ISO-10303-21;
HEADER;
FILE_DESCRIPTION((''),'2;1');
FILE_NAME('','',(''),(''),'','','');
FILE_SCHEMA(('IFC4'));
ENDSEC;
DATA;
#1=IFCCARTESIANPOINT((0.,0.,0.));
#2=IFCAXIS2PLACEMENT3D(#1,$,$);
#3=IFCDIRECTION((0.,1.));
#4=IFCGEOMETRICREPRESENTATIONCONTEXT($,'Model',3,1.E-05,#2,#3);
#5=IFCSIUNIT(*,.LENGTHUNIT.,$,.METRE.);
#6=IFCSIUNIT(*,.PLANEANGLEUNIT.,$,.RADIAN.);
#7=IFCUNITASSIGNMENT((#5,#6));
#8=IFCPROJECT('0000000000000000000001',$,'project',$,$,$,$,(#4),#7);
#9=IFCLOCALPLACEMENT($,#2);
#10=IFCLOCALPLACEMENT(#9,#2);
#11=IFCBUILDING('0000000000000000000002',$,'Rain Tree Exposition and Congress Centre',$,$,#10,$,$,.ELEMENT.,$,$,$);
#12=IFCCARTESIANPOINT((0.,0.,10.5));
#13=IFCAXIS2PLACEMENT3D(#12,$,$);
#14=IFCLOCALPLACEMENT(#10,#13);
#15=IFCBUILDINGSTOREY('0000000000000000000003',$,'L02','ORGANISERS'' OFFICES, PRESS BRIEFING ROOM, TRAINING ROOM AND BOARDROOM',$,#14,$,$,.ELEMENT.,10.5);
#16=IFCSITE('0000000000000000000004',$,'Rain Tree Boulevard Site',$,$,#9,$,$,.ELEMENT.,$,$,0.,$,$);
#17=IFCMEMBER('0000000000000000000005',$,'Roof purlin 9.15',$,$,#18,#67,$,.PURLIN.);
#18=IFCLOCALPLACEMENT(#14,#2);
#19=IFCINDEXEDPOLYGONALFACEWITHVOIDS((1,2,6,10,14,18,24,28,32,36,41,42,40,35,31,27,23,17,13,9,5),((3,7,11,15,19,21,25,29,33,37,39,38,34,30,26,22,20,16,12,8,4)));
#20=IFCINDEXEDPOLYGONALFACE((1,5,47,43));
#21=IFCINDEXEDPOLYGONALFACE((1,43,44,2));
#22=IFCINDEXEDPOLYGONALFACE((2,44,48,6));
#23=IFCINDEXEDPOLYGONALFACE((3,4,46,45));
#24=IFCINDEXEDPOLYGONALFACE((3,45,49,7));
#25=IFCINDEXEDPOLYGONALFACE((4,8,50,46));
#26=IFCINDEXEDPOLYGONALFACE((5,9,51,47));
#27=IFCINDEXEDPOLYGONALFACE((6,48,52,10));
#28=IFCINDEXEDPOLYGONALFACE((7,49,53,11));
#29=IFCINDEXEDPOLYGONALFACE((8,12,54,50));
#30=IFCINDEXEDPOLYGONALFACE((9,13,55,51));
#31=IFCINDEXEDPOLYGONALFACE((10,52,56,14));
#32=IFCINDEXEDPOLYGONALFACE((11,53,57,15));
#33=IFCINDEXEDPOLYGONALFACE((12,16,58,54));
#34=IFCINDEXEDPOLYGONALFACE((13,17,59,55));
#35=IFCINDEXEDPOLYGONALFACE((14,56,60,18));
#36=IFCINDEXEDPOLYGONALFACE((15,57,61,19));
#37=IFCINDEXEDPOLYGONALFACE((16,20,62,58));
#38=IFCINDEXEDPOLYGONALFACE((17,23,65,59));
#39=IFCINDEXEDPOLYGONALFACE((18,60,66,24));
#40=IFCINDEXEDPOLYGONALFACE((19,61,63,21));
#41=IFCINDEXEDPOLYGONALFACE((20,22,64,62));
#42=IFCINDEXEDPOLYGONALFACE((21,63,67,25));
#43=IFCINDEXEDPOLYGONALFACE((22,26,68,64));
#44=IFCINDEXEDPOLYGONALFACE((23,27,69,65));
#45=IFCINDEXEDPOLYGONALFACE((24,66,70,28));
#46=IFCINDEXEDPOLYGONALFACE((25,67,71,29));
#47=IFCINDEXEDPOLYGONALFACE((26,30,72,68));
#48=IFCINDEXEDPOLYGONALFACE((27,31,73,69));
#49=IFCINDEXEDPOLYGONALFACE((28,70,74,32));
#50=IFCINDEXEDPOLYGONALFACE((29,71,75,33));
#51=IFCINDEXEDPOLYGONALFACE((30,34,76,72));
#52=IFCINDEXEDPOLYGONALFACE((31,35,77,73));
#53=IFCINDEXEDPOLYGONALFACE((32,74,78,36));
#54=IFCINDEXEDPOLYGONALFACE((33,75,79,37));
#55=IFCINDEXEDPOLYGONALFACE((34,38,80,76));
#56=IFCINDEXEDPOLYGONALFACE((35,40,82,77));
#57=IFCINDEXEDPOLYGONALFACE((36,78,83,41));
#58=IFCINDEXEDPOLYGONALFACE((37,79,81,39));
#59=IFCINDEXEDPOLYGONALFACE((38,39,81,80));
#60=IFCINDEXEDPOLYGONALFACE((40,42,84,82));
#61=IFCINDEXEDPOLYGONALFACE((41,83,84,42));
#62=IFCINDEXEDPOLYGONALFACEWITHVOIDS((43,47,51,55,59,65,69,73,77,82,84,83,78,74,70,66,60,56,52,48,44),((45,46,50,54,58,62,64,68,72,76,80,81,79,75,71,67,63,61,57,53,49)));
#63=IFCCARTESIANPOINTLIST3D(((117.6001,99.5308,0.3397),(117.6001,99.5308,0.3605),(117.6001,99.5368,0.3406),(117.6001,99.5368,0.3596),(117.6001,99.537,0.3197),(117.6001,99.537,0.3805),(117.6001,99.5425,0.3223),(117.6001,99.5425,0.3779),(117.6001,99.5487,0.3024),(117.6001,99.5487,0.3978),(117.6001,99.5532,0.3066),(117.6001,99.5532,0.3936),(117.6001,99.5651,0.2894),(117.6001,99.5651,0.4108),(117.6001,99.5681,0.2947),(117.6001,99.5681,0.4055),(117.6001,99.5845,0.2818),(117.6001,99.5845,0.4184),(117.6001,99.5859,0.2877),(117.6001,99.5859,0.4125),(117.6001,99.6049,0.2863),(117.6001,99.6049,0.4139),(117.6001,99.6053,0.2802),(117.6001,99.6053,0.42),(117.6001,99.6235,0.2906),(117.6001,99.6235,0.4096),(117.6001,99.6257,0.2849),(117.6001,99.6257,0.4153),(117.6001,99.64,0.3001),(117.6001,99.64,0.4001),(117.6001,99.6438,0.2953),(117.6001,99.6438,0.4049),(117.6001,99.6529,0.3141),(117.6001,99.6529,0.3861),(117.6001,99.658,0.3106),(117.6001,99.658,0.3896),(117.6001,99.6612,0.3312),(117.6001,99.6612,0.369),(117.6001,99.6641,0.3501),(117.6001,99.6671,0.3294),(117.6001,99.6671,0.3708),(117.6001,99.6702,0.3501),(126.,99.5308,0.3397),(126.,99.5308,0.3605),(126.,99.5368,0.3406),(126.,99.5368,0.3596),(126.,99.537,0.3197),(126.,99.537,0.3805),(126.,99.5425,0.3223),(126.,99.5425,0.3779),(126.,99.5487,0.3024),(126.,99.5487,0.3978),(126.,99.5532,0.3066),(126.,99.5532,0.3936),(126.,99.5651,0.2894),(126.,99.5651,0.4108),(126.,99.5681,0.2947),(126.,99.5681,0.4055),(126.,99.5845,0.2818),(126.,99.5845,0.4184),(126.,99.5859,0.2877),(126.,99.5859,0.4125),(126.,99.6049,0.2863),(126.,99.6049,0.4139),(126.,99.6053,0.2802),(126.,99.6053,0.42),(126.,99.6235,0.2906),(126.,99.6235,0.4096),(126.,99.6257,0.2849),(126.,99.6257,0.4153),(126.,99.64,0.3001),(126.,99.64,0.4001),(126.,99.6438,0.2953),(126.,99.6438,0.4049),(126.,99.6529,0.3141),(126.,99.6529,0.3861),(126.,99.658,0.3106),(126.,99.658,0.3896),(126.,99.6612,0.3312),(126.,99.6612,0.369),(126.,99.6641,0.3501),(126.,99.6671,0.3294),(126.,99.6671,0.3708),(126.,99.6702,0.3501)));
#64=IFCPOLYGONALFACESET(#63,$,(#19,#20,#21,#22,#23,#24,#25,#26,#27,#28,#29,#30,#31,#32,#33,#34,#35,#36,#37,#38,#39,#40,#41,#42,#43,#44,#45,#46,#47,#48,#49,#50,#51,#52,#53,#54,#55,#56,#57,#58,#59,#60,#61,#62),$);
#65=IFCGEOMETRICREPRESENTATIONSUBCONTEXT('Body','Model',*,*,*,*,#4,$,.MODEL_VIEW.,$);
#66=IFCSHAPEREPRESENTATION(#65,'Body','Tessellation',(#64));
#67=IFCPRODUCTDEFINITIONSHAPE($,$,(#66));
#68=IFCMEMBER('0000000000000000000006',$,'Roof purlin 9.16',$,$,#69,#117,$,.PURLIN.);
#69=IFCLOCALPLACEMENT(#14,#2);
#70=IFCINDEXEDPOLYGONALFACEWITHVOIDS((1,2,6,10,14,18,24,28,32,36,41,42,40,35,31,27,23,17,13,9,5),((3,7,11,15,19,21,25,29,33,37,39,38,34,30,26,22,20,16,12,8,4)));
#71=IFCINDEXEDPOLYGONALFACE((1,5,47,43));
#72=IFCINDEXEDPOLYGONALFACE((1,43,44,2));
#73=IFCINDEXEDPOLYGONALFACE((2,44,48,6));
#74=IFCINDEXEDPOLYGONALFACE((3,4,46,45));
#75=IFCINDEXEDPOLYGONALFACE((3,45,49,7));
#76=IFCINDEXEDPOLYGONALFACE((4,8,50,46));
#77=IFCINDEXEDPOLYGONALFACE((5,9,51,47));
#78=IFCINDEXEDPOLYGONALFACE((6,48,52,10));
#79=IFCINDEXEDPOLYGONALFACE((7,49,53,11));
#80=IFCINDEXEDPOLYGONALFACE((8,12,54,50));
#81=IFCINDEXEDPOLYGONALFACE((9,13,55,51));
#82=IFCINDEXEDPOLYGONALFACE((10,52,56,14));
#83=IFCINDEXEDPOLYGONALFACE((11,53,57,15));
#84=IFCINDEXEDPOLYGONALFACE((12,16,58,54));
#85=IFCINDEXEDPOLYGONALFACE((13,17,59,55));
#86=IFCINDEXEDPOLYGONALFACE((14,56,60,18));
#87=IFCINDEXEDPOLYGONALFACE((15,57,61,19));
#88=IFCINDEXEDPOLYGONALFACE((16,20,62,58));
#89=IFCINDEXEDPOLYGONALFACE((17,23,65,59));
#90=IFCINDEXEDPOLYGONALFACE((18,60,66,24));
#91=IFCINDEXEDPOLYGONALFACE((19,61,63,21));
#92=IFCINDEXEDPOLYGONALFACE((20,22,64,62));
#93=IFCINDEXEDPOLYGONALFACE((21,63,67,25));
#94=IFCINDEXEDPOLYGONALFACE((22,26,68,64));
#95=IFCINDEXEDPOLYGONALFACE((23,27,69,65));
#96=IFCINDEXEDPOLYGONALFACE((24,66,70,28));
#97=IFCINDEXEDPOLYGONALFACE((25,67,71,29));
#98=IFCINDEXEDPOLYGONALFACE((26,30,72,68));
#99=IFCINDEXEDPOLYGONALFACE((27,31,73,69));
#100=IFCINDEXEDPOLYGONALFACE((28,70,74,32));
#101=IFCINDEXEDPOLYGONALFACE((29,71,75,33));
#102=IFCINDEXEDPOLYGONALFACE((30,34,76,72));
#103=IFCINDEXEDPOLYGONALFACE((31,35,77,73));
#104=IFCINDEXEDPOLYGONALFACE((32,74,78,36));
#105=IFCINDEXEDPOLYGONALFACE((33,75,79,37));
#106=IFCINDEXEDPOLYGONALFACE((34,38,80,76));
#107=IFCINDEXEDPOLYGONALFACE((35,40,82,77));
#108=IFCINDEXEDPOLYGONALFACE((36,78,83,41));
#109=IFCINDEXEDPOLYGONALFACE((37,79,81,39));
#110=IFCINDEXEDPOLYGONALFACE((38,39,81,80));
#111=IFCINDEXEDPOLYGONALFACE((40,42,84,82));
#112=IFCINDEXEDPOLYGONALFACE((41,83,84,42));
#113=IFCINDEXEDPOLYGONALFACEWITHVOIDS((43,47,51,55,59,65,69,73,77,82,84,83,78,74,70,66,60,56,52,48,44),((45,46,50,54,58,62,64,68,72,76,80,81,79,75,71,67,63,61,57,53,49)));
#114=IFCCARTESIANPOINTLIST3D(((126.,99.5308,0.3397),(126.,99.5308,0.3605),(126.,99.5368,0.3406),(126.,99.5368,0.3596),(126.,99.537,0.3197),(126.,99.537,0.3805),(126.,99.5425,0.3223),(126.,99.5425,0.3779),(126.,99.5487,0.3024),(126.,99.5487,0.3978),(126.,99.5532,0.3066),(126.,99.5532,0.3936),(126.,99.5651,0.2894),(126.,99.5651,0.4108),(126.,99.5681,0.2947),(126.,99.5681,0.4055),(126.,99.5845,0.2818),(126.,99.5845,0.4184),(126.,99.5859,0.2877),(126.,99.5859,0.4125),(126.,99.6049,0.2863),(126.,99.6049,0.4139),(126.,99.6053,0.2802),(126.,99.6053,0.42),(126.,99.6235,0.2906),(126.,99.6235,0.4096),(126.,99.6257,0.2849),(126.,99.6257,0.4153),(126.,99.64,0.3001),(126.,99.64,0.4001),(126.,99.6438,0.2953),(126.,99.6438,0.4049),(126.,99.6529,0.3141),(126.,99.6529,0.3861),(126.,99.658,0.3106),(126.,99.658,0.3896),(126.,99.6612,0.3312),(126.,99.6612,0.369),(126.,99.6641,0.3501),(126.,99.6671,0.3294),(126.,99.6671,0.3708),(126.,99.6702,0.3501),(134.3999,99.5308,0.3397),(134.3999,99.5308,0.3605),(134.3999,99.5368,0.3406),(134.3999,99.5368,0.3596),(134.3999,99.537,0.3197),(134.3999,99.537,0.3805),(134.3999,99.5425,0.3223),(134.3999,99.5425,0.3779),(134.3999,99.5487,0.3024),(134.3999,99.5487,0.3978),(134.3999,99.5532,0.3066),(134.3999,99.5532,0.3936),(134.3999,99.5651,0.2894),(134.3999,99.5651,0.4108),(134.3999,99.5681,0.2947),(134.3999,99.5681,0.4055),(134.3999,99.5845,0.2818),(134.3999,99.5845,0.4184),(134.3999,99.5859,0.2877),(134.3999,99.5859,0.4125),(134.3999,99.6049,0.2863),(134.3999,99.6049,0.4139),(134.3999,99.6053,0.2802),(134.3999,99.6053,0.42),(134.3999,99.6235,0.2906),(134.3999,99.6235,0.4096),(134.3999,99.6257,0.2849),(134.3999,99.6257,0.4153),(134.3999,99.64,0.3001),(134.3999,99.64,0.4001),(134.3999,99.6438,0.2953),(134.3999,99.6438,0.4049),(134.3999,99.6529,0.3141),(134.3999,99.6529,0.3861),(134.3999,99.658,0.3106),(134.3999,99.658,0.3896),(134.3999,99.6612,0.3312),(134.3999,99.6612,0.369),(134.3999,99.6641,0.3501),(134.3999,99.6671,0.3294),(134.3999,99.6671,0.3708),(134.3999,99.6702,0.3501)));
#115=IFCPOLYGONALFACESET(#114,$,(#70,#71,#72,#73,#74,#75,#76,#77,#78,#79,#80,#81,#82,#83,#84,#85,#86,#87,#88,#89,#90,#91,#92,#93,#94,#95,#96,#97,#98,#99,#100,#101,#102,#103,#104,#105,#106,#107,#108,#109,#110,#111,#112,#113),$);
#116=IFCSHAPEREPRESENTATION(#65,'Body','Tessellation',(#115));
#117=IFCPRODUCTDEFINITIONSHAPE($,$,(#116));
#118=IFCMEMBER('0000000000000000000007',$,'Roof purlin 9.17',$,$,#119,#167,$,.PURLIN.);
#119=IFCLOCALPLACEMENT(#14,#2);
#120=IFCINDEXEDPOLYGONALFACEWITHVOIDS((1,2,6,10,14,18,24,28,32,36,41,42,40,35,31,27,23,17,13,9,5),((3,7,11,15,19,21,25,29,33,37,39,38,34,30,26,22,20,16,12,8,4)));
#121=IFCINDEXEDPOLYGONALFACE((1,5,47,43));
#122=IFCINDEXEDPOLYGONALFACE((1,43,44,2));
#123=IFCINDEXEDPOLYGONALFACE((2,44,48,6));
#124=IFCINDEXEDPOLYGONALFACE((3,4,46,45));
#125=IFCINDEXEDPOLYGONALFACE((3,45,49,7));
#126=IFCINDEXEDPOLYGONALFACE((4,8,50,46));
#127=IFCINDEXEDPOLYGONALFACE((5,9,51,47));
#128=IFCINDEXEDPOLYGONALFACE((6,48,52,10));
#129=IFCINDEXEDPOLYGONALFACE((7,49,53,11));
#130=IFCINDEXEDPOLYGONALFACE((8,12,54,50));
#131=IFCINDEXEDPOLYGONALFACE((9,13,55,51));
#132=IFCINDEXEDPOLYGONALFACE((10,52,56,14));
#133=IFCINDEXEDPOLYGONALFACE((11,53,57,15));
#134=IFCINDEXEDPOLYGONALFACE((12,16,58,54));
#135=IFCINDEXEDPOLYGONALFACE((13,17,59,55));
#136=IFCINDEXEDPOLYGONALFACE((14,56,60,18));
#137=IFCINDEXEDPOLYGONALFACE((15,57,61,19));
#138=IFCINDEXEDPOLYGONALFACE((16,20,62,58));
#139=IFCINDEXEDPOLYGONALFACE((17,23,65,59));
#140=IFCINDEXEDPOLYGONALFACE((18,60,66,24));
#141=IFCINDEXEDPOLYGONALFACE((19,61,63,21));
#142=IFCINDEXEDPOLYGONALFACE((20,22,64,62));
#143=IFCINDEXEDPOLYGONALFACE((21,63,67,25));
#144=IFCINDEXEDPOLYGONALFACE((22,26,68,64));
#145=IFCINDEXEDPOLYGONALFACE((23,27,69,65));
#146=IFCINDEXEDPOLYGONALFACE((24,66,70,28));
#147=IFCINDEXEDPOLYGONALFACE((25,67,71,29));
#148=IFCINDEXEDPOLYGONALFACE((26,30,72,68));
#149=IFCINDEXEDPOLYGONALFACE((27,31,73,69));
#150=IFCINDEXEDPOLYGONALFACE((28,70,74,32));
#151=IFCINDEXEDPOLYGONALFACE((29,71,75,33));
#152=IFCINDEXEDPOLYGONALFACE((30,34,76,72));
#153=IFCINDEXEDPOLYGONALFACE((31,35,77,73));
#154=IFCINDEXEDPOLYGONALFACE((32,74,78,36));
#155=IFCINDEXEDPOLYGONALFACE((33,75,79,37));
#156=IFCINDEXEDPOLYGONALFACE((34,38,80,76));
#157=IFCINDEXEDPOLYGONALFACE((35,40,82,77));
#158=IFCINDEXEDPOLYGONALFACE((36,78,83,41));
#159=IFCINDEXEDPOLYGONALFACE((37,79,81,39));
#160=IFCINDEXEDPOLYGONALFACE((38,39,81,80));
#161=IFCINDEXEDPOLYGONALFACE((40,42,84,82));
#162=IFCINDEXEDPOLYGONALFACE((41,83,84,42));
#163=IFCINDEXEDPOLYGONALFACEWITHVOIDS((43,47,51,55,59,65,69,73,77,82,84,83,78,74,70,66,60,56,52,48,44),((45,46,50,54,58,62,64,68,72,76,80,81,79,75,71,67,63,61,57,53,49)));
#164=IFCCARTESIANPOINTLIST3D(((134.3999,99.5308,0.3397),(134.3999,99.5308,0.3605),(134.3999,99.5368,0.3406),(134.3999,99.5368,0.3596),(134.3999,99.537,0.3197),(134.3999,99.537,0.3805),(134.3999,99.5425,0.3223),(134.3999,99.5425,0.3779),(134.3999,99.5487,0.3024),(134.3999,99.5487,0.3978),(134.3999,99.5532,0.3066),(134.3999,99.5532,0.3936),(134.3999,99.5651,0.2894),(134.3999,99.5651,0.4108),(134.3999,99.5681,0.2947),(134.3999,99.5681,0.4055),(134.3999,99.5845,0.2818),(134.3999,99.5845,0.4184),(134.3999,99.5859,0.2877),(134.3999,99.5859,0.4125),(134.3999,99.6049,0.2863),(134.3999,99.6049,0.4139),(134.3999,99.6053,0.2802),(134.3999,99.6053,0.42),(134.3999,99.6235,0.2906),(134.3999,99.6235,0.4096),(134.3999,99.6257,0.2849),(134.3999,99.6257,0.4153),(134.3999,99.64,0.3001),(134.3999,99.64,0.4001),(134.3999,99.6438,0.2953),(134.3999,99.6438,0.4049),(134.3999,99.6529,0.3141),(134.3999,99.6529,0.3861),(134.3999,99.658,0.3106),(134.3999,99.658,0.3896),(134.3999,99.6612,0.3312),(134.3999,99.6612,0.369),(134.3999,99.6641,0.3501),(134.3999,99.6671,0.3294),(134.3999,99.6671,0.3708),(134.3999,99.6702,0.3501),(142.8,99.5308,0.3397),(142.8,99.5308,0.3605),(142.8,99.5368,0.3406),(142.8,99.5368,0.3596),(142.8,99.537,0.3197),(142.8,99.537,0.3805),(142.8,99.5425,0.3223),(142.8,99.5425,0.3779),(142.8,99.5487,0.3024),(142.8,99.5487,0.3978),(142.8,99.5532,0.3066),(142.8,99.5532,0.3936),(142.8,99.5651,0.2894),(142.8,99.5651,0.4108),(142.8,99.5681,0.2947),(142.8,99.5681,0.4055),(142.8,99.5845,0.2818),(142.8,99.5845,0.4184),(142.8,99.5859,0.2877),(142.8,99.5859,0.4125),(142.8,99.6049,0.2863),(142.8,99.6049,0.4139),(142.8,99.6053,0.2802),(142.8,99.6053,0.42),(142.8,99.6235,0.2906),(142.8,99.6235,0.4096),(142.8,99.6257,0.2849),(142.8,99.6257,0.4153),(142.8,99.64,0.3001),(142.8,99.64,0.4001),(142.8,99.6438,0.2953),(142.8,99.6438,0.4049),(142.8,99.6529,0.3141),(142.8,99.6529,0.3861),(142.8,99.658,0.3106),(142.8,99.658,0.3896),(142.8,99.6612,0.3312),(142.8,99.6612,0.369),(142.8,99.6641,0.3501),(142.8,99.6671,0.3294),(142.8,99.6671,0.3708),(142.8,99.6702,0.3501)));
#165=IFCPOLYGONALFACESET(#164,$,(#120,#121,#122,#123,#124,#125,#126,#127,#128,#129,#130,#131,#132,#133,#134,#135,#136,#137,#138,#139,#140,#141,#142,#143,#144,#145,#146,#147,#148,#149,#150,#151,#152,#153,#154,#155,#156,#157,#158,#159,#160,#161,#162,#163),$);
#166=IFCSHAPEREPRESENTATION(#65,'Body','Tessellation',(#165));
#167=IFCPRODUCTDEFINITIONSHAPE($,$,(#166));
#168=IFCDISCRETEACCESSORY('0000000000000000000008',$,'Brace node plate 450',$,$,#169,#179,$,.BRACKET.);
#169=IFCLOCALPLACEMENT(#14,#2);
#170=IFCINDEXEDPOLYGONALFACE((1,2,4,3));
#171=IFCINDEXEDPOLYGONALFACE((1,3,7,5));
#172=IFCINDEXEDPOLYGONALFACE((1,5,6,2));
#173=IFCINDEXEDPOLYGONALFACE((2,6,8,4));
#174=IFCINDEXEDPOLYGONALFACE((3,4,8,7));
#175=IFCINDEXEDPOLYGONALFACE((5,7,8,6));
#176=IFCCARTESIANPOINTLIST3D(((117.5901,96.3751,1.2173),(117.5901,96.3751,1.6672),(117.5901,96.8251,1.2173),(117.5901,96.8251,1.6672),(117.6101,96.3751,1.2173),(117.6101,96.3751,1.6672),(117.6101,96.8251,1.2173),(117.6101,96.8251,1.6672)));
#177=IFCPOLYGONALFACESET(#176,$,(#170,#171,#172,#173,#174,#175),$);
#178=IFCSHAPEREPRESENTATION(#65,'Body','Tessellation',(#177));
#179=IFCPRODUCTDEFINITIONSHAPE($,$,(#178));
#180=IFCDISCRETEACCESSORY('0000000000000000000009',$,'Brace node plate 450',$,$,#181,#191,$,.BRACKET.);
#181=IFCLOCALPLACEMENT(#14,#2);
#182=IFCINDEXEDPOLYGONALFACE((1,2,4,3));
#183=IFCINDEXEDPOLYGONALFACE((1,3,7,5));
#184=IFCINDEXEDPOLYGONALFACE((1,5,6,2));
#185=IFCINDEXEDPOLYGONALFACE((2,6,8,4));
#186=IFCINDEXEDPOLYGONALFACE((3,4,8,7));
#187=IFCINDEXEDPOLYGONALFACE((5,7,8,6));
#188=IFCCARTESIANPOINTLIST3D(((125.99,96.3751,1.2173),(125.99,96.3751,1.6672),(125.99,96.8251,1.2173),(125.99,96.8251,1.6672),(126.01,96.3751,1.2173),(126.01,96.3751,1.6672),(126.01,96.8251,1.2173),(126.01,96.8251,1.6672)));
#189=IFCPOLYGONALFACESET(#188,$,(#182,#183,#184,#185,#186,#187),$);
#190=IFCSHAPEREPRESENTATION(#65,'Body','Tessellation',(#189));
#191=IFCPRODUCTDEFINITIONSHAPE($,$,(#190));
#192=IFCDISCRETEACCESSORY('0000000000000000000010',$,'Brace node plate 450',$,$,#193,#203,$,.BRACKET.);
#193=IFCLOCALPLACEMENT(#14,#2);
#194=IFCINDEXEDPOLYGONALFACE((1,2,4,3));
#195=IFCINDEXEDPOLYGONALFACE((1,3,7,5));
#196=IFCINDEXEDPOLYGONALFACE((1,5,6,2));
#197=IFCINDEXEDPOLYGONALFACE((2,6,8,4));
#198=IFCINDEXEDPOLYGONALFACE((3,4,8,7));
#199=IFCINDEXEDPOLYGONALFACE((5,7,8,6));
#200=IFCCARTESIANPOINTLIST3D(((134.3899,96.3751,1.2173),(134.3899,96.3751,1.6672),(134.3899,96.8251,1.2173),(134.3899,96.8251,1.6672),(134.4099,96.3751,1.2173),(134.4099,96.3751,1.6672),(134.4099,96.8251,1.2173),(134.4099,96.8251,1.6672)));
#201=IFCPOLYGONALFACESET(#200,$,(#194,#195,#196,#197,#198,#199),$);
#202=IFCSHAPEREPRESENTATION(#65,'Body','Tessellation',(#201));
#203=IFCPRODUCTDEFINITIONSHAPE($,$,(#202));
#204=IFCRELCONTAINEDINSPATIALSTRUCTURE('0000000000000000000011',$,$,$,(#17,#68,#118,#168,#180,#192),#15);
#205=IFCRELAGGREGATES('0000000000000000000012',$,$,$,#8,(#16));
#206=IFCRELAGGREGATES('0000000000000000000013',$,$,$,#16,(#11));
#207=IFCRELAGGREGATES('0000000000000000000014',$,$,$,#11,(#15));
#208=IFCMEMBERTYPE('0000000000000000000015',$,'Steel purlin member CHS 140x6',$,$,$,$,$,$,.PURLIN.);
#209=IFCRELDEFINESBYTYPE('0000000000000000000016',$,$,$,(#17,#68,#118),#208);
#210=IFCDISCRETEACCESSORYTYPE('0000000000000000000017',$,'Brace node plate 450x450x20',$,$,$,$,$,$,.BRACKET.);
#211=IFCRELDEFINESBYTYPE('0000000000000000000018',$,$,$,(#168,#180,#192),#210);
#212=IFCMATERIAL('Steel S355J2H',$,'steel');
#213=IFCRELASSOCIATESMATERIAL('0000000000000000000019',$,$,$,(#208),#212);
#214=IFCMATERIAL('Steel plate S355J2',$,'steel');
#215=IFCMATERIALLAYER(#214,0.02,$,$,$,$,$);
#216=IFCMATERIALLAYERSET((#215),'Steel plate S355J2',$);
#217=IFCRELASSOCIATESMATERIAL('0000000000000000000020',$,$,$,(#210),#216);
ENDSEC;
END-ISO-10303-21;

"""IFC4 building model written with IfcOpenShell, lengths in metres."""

from ifc_helpers import new_model, si_unit, direction, frame, origin, origin_2d, place, context, subcontext, project, spatial, rectangle, hollow_circle, extrude, material, layer, layer_set, material_profile, profile_set, type_object, element, save


model = new_model("IFC4")

# Units and contexts
model_context = context("Model", 3, precision=1e-05, world=origin(), true_north=direction((0.0, 1.0)))
body_context = subcontext(model_context, "Body", "Model", "MODEL_VIEW")
ifc_project = project(units=[si_unit("LENGTHUNIT", "METRE"), si_unit("PLANEANGLEUNIT", "RADIAN")], contexts=[model_context])

# Site, building, storey
site_placement = place(None, origin())
site = spatial("IfcSite", under=ifc_project, at=site_placement, Name="Rain Tree Boulevard Site", CompositionType="ELEMENT", RefElevation=0.0)
building_placement = place(site_placement, origin())
building = spatial("IfcBuilding", under=site, at=building_placement, Name="Rain Tree Exposition and Congress Centre", CompositionType="ELEMENT")
storey_placement = place(building_placement, frame((0.0, 0.0, 10.5)))
storey = spatial("IfcBuildingStorey", under=building, at=storey_placement, Name="L02", Description="ORGANISERS' OFFICES, PRESS BRIEFING ROOM, TRAINING ROOM AND BOARDROOM", CompositionType="ELEMENT", Elevation=10.5)

# Members
ifc_material_1 = material(Name="Steel S355J2H", Category="steel")
ifc_material_profile_1 = material_profile(ifc_material_1, hollow_circle(Radius=0.0701, WallThickness=0.0061, at=origin_2d()), Name="CHS 140x6")
ifc_profile_set_1 = profile_set([ifc_material_profile_1], Name="Steel S355J2H")
member_type_1 = type_object("IfcMemberType", Name="Steel purlin member CHS 140x6", PredefinedType="PURLIN", material=ifc_profile_set_1)
for number, where, z_axis, x_axis, name in (
    (1, (117.6001, 99.6001, 0.3501), (1.0, 0.0, 0.0), (0.0, 1.0, 0.0), "Roof purlin 9.15"),
    (2, (126.0, 99.6001, 0.3501), (1.0, 0.0, 0.0), (0.0, 1.0, 0.0), "Roof purlin 9.16"),
):
    element("IfcMember", number, at=place(storey_placement, frame(where, z_axis=z_axis, x_axis=x_axis)), inside=storey, type_object=member_type_1, Name=name, PredefinedType="PURLIN", context=body_context, shape_type="SweptSolid", body=[
        extrude(hollow_circle(Radius=0.0701, WallThickness=0.0061, at=origin_2d()), origin(), (0.0, 0.0, 1.0), 8.3999),
    ])
member_1_placement = place(storey_placement, frame((134.3999, 99.6001, 0.3501), z_axis=(1.0, 0.0, 0.0), x_axis=(0.0, 1.0, 0.0)))
element("IfcMember", 3, at=member_1_placement, inside=storey, type_object=member_type_1, Name="Roof purlin 9.17", PredefinedType="PURLIN", context=body_context, shape_type="SweptSolid", body=[
    extrude(hollow_circle(Radius=0.0701, WallThickness=0.0061, at=origin_2d()), origin(), (0.0, 0.0, 1.0), 8.4001),
])

# Discrete accessories
ifc_material_2 = material(Name="Steel plate S355J2", Category="steel")
ifc_layer = layer(ifc_material_2, 0.02)
ifc_layer_set = layer_set([ifc_layer], Name="Steel plate S355J2")
discrete_accessory_type = type_object("IfcDiscreteAccessoryType", Name="Brace node plate 450x450x20", PredefinedType="BRACKET", material=ifc_layer_set)
for number, where, z_axis, x_axis, name in (
    (4, (117.6001, 96.6001, 1.2173), (0.0, 0.0, 1.0), (0.0, -1.0, 0.0), "Brace node plate 450"),
    (5, (126.0, 96.6001, 1.2173), (0.0, 0.0, 1.0), (0.0, -1.0, 0.0), "Brace node plate 450"),
    (6, (134.3999, 96.6001, 1.2173), (0.0, 0.0, 1.0), (0.0, -1.0, 0.0), "Brace node plate 450"),
):
    element("IfcDiscreteAccessory", number, at=place(storey_placement, frame(where, z_axis=z_axis, x_axis=x_axis)), inside=storey, type_object=discrete_accessory_type, Name=name, PredefinedType="BRACKET", context=body_context, shape_type="SweptSolid", body=[
        extrude(rectangle(XDim=0.45, YDim=0.02, at=origin_2d()), origin(), (0.0, 0.0, 1.0), 0.45),
    ])

save(model, "model.ifc")
